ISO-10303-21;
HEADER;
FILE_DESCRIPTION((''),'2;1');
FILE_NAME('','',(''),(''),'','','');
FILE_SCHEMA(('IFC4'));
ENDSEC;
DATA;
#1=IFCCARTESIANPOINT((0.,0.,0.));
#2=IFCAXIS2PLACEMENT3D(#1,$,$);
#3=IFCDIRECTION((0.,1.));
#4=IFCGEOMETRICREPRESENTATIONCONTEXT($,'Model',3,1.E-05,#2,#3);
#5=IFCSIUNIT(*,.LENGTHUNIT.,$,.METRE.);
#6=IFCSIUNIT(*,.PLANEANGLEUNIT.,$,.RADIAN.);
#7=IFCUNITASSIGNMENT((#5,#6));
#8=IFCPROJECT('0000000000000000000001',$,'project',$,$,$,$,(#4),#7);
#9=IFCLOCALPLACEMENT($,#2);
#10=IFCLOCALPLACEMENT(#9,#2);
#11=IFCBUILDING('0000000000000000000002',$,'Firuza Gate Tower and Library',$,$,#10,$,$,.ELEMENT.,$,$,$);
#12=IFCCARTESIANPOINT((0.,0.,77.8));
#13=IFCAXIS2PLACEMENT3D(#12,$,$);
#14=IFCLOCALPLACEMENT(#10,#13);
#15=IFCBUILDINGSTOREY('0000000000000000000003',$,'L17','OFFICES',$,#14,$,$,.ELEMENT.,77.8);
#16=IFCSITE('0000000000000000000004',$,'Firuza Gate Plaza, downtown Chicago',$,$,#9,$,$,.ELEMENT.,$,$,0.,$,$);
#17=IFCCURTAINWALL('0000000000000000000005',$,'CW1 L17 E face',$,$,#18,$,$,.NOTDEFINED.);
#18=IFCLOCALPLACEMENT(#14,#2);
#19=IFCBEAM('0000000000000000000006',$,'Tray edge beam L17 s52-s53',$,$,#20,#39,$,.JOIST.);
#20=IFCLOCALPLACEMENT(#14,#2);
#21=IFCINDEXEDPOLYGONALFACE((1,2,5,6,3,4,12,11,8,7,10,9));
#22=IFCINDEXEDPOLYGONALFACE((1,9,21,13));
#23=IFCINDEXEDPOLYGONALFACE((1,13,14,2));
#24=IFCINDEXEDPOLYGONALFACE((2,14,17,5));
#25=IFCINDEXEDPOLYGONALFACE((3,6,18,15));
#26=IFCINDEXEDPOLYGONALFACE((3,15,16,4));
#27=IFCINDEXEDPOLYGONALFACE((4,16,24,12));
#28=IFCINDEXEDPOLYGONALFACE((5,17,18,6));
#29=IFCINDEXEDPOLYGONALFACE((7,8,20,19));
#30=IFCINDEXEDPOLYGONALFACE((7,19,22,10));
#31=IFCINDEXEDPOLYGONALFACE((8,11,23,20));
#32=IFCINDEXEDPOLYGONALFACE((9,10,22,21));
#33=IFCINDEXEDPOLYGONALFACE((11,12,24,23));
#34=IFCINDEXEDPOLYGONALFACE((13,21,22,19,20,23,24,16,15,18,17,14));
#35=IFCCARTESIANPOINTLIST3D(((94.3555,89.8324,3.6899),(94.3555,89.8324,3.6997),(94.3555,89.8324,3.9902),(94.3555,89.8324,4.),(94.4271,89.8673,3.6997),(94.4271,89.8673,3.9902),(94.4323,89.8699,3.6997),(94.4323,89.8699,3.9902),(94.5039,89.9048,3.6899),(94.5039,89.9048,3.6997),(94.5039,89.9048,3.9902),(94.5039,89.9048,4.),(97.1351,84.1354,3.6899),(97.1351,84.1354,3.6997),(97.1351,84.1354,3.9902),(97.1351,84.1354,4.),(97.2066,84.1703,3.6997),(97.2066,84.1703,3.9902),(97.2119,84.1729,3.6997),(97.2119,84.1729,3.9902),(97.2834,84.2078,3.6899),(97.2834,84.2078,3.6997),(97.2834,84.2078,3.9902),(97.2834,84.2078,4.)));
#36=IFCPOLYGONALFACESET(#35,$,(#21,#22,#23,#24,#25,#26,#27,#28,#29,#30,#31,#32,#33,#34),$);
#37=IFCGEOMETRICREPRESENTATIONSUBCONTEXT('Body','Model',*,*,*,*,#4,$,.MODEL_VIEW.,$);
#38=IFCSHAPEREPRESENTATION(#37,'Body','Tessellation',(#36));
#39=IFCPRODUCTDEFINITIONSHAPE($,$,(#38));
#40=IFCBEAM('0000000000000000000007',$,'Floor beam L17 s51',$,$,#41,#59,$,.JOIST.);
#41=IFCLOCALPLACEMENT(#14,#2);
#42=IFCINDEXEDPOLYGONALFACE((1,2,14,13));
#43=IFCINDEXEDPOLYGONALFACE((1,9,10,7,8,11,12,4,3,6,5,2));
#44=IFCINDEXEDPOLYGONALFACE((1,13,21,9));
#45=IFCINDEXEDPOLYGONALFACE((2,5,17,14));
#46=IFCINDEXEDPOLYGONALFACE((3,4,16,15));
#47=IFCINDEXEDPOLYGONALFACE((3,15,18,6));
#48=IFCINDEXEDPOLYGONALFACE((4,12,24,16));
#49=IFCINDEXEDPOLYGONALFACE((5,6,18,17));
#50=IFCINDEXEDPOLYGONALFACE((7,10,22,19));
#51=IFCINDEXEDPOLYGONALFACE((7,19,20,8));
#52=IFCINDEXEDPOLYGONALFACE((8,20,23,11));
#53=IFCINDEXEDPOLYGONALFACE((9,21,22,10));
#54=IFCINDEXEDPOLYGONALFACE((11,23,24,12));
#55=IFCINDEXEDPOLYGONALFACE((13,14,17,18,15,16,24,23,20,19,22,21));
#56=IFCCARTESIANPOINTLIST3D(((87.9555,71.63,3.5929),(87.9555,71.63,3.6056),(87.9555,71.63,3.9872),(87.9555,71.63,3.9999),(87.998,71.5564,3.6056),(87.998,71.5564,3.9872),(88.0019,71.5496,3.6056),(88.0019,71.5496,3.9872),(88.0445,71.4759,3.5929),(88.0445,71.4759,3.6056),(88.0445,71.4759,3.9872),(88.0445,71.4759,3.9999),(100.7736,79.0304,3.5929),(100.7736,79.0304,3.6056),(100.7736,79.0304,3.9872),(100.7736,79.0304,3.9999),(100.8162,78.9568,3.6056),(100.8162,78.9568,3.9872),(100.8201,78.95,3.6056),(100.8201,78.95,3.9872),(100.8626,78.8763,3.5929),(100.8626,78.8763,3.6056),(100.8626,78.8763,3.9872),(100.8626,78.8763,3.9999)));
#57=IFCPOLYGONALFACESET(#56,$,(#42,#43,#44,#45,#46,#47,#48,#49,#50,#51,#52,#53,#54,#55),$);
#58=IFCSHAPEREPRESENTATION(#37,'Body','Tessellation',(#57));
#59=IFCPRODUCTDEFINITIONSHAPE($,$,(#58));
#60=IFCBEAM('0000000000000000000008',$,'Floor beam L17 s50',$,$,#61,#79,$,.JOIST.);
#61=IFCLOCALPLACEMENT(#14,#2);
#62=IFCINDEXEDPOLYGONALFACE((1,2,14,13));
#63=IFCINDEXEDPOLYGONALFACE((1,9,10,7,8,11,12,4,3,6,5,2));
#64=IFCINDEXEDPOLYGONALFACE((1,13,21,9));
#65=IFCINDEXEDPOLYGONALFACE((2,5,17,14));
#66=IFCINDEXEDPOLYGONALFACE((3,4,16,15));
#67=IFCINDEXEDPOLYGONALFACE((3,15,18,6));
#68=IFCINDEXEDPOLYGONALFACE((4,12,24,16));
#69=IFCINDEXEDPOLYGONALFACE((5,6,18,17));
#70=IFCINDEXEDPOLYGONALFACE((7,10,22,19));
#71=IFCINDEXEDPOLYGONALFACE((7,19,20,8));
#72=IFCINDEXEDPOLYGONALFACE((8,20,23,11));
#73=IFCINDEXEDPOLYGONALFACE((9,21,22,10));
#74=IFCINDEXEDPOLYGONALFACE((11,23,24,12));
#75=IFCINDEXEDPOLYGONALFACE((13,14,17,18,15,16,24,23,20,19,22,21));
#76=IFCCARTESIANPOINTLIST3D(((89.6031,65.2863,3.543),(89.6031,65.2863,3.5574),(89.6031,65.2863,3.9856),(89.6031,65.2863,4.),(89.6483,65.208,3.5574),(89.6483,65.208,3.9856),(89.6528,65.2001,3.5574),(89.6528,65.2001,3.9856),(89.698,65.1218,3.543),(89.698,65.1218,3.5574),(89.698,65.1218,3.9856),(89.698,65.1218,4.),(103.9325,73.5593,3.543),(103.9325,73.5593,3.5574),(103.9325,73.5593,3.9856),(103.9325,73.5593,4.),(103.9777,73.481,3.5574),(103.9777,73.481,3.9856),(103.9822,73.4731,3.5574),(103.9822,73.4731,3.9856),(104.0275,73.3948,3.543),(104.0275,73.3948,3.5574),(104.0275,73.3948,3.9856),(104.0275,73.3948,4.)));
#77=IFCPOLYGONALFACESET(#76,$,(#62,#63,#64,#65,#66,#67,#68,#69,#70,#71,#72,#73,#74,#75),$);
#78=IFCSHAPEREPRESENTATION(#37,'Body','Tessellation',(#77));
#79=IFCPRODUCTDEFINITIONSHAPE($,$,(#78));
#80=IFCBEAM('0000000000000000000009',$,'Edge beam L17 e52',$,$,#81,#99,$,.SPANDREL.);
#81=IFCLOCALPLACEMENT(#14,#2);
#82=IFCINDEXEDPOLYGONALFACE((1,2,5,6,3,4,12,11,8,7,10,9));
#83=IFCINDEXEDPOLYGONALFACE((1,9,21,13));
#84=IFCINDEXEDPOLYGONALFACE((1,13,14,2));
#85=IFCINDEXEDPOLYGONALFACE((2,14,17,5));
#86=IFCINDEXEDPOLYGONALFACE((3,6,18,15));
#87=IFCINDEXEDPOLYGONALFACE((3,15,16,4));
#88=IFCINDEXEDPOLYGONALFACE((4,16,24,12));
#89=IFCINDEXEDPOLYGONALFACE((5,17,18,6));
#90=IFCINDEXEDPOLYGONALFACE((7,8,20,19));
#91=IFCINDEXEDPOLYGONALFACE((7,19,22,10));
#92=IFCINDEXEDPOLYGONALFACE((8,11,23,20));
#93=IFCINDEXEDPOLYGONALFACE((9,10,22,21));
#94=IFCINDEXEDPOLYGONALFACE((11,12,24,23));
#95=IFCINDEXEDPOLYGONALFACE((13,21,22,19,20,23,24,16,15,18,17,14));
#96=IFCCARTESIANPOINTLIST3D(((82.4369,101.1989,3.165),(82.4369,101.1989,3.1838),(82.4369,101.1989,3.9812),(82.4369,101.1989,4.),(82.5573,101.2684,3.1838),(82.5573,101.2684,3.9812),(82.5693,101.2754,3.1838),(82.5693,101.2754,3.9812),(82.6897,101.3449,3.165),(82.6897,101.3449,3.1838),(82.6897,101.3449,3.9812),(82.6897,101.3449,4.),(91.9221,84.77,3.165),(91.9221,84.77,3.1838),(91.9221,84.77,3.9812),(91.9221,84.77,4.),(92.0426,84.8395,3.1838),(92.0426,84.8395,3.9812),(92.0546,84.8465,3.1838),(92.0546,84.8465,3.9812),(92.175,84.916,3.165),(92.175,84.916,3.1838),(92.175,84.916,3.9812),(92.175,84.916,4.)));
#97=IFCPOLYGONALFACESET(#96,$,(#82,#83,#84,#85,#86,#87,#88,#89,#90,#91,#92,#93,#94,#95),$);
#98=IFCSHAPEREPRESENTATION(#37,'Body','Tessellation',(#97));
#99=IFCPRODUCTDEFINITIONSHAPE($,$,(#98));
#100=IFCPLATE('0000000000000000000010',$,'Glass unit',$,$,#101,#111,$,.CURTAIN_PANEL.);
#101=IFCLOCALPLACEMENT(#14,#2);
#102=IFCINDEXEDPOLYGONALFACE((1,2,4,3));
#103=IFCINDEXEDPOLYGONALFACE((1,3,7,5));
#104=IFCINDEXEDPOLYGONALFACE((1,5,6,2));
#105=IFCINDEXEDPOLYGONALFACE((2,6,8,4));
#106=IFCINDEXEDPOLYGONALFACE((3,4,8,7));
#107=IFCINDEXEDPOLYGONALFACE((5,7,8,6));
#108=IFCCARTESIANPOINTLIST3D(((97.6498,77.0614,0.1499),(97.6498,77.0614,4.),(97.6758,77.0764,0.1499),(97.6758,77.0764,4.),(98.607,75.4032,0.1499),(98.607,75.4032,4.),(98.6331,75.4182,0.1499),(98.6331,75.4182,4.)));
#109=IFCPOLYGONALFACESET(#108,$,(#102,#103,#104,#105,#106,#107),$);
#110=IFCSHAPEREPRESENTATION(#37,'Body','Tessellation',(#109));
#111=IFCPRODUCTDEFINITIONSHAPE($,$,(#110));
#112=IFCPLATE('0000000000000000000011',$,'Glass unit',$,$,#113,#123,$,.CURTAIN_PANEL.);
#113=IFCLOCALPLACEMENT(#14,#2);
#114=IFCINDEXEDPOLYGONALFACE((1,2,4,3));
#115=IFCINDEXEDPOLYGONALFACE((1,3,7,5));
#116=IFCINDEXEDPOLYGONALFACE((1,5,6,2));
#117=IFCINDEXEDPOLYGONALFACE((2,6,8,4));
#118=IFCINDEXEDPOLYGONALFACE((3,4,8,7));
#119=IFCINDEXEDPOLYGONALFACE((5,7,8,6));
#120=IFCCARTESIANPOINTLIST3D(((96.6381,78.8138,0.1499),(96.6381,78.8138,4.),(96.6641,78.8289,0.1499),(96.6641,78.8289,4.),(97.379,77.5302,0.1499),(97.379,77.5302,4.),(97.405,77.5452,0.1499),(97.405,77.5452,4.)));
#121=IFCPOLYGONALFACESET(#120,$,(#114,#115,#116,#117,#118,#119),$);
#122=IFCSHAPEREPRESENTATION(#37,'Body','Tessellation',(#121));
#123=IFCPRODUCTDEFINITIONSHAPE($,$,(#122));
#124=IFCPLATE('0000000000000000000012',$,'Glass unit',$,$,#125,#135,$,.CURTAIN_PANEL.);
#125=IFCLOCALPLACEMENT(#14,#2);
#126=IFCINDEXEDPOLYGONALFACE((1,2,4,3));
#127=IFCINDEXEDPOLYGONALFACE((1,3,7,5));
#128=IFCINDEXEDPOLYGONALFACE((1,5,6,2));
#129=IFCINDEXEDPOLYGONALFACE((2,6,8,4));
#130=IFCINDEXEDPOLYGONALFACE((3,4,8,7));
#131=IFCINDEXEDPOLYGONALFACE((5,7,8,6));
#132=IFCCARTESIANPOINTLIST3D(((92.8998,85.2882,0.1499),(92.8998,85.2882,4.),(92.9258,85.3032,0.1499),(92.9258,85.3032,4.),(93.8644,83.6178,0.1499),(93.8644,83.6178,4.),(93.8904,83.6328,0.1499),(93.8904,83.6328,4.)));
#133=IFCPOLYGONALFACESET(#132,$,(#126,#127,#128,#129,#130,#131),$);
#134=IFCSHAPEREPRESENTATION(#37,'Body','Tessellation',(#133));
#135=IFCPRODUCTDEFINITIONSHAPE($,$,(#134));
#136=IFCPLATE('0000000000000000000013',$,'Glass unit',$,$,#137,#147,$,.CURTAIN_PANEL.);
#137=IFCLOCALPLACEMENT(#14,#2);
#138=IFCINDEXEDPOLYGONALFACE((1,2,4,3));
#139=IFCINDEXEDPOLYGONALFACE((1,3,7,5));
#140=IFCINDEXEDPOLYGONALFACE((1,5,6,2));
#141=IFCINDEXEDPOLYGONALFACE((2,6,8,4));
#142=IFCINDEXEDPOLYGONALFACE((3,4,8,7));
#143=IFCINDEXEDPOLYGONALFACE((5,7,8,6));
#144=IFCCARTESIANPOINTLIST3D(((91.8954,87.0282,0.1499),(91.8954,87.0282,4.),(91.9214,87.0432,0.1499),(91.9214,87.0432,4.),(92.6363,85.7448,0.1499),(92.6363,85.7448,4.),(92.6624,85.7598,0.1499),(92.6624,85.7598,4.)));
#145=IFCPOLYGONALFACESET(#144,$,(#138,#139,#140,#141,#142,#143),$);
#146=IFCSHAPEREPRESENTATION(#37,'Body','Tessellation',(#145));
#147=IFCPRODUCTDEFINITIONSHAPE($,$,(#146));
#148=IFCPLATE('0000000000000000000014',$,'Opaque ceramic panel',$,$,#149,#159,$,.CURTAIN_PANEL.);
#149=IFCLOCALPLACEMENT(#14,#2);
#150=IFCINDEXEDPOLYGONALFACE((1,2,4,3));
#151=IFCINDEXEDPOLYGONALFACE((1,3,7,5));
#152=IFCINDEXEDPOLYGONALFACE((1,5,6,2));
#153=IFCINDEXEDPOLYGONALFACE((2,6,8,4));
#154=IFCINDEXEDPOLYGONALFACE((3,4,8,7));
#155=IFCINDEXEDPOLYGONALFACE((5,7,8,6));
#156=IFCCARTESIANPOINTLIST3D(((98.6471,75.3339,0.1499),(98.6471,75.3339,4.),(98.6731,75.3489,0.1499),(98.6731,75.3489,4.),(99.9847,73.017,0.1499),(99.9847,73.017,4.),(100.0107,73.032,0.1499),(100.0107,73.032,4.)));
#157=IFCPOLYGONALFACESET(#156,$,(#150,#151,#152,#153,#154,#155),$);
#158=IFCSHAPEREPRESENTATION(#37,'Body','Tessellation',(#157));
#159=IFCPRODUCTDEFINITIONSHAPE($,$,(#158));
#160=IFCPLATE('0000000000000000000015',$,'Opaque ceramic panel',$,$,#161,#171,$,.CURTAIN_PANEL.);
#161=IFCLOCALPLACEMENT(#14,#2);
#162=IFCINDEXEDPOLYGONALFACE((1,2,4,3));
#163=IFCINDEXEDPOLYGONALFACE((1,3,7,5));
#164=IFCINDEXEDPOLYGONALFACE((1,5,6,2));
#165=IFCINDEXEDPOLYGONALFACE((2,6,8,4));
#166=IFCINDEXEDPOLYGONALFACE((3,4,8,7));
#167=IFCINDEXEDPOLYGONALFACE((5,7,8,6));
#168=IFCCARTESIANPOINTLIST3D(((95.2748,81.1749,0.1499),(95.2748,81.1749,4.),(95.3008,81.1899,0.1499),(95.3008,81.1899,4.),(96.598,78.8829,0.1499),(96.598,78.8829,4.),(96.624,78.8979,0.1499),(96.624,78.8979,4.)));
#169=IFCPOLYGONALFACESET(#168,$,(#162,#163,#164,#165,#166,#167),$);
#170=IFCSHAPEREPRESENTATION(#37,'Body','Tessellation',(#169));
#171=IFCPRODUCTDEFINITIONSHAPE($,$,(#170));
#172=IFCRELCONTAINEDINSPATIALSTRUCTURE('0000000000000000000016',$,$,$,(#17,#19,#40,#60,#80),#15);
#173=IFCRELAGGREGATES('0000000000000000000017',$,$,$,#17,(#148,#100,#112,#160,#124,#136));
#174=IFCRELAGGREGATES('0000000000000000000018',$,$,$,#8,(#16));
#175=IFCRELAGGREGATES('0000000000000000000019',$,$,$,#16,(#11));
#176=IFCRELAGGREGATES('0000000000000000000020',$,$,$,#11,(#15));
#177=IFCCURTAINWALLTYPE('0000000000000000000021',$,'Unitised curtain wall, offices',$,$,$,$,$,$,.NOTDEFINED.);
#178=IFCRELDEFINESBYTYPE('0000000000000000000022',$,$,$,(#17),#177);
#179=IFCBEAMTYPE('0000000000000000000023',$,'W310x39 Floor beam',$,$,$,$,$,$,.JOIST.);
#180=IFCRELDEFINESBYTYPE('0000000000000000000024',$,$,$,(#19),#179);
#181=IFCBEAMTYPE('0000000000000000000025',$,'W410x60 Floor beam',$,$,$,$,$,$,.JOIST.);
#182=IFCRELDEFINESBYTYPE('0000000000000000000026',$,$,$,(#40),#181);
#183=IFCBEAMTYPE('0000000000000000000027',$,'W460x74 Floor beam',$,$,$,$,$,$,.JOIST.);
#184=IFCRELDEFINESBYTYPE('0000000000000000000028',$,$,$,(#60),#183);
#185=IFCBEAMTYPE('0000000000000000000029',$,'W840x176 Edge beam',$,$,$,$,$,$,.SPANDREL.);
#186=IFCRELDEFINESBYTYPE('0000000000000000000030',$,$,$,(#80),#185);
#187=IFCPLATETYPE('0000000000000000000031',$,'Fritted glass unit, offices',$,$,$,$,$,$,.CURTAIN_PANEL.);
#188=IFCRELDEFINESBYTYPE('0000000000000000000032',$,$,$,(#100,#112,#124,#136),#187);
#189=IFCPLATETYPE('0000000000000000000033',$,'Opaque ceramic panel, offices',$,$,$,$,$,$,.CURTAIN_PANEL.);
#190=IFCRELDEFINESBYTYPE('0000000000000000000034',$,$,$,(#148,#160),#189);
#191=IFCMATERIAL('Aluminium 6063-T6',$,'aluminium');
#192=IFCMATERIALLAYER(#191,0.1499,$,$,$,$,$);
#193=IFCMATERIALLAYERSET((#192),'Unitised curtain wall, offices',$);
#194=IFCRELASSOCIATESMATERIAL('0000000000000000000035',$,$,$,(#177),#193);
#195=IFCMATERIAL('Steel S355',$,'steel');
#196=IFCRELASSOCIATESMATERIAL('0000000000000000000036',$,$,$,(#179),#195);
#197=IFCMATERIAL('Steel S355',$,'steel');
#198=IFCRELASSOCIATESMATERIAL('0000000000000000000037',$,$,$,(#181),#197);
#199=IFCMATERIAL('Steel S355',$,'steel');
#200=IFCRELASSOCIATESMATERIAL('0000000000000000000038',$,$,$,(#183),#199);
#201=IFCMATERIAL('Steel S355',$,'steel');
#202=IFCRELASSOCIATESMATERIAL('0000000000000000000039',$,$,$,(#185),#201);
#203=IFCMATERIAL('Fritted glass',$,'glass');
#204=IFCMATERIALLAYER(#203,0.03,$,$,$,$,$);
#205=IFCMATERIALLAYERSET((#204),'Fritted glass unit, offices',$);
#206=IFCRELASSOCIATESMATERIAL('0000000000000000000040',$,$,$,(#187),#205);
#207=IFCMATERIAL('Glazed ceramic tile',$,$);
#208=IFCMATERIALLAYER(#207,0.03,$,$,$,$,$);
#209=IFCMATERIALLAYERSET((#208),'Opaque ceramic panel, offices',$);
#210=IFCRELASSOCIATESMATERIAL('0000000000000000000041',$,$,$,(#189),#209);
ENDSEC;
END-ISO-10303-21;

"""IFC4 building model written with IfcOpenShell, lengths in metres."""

from ifc_helpers import new_model, si_unit, direction, frame, origin, origin_2d, place, context, subcontext, project, spatial, polyline, i_section, outline, extrude, material, layer, layer_set, material_profile, profile_set, type_object, element, aggregate, save


model = new_model("IFC4")

# Units and contexts
model_context = context("Model", 3, precision=1e-05, world=origin(), true_north=direction((0.0, 1.0)))
body_context = subcontext(model_context, "Body", "Model", "MODEL_VIEW")
ifc_project = project(units=[si_unit("LENGTHUNIT", "METRE"), si_unit("PLANEANGLEUNIT", "RADIAN")], contexts=[model_context])

# Site, building, storey
site_placement = place(None, origin())
site = spatial("IfcSite", under=ifc_project, at=site_placement, Name="Firuza Gate Plaza, downtown Chicago", CompositionType="ELEMENT", RefElevation=0.0)
building_placement = place(site_placement, origin())
building = spatial("IfcBuilding", under=site, at=building_placement, Name="Firuza Gate Tower and Library", CompositionType="ELEMENT")
storey_placement = place(building_placement, frame((0.0, 0.0, 77.8)))
storey = spatial("IfcBuildingStorey", under=building, at=storey_placement, Name="L17", Description="OFFICES", CompositionType="ELEMENT", Elevation=77.8)

# Curtain wall
ifc_material_1 = material(Name="Aluminium 6063-T6", Category="aluminium")
ifc_layer_1 = layer(ifc_material_1, 0.1499)
ifc_layer_set_1 = layer_set([ifc_layer_1], Name="Unitised curtain wall, offices")
curtain_wall_type = type_object("IfcCurtainWallType", Name="Unitised curtain wall, offices", PredefinedType="NOTDEFINED", material=ifc_layer_set_1)
curtain_wall_placement = place(storey_placement, origin())
curtain_wall = element("IfcCurtainWall", 1, at=curtain_wall_placement, inside=storey, type_object=curtain_wall_type, Name="CW1 L17 E face", PredefinedType="NOTDEFINED")

# Beams
ifc_material_2 = material(Name="Steel S355", Category="steel")
ifc_material_profile_1 = material_profile(ifc_material_2, i_section(OverallWidth=0.165, OverallDepth=0.3101, WebThickness=0.0059, FlangeThickness=0.0098, at=origin_2d()))
ifc_profile_set_1 = profile_set([ifc_material_profile_1], Name="Steel S355")
beam_type_1 = type_object("IfcBeamType", Name="W310x39 Floor beam", PredefinedType="JOIST", material=ifc_profile_set_1)
beam_1_placement = place(storey_placement, frame((97.2092, 84.1716, 3.845), z_axis=(-0.438488, 0.898737, 0.0), x_axis=(-0.898737, -0.438488, 0.0)))
element("IfcBeam", 2, at=beam_1_placement, inside=storey, type_object=beam_type_1, Name="Tray edge beam L17 s52-s53", PredefinedType="JOIST", context=body_context, shape_type="SweptSolid", body=[
    extrude(i_section(OverallWidth=0.165, OverallDepth=0.3101, WebThickness=0.0059, FlangeThickness=0.0098, at=origin_2d()), origin(), (0.0, 0.0, 1.0), 6.3389),
])
ifc_material_3 = material(Name="Steel S355", Category="steel")
ifc_material_profile_2 = material_profile(ifc_material_3, i_section(OverallWidth=0.178, OverallDepth=0.407, WebThickness=0.0078, FlangeThickness=0.0127, at=origin_2d()))
ifc_profile_set_2 = profile_set([ifc_material_profile_2], Name="Steel S355")
beam_type_2 = type_object("IfcBeamType", Name="W410x60 Floor beam", PredefinedType="JOIST", material=ifc_profile_set_2)
beam_2_placement = place(storey_placement, frame((100.8181, 78.9534, 3.7964), z_axis=(-0.86603, -0.499992, 0.0), x_axis=(0.499992, -0.86603, 0.0)))
element("IfcBeam", 3, at=beam_2_placement, inside=storey, type_object=beam_type_2, Name="Floor beam L17 s51", PredefinedType="JOIST", context=body_context, shape_type="SweptSolid", body=[
    extrude(i_section(OverallWidth=0.178, OverallDepth=0.407, WebThickness=0.0078, FlangeThickness=0.0127, at=origin_2d()), origin(), (0.0, 0.0, 1.0), 14.801),
])
ifc_material_4 = material(Name="Steel S355", Category="steel")
ifc_material_profile_3 = material_profile(ifc_material_4, i_section(OverallWidth=0.1899, OverallDepth=0.457, WebThickness=0.009, FlangeThickness=0.0144, at=origin_2d()))
ifc_profile_set_3 = profile_set([ifc_material_profile_3], Name="Steel S355")
beam_type_3 = type_object("IfcBeamType", Name="W460x74 Floor beam", PredefinedType="JOIST", material=ifc_profile_set_3)
beam_3_placement = place(storey_placement, frame((103.98, 73.4771, 3.7715), z_axis=(-0.866028, -0.499995, 0.0), x_axis=(0.499995, -0.866028, 0.0)))
element("IfcBeam", 4, at=beam_3_placement, inside=storey, type_object=beam_type_3, Name="Floor beam L17 s50", PredefinedType="JOIST", context=body_context, shape_type="SweptSolid", body=[
    extrude(i_section(OverallWidth=0.1899, OverallDepth=0.457, WebThickness=0.009, FlangeThickness=0.0144, at=origin_2d()), origin(), (0.0, 0.0, 1.0), 16.5461),
])
ifc_material_5 = material(Name="Steel S355", Category="steel")
ifc_material_profile_4 = material_profile(ifc_material_5, i_section(OverallWidth=0.292, OverallDepth=0.835, WebThickness=0.0139, FlangeThickness=0.0188, at=origin_2d()))
ifc_profile_set_4 = profile_set([ifc_material_profile_4], Name="Steel S355")
beam_type_4 = type_object("IfcBeamType", Name="W840x176 Edge beam", PredefinedType="SPANDREL", material=ifc_profile_set_4)
beam_4_placement = place(storey_placement, frame((92.0486, 84.843, 3.5825), z_axis=(-0.500004, 0.866023, 0.0), x_axis=(-0.866023, -0.500004, 0.0)))
element("IfcBeam", 5, at=beam_4_placement, inside=storey, type_object=beam_type_4, Name="Edge beam L17 e52", PredefinedType="SPANDREL", context=body_context, shape_type="SweptSolid", body=[
    extrude(i_section(OverallWidth=0.292, OverallDepth=0.835, WebThickness=0.0139, FlangeThickness=0.0188, at=origin_2d()), origin(), (0.0, 0.0, 1.0), 18.9705),
])

# Plates
ifc_material_6 = material(Name="Fritted glass", Category="glass")
ifc_layer_2 = layer(ifc_material_6, 0.03)
ifc_layer_set_2 = layer_set([ifc_layer_2], Name="Fritted glass unit, offices")
plate_type_1 = type_object("IfcPlateType", Name="Fritted glass unit, offices", PredefinedType="CURTAIN_PANEL", material=ifc_layer_set_2)
plate_1_placement = place(storey_placement, frame((98.6331, 75.4182, 0.1499), z_axis=(0.866045, 0.499965, 0.0), x_axis=(-0.499965, 0.866045, 0.0)))
plate_1 = element("IfcPlate", 6, at=plate_1_placement, type_object=plate_type_1, Name="Glass unit", PredefinedType="CURTAIN_PANEL", context=body_context, shape_type="SweptSolid", body=[
    extrude(outline(polyline([(0.0, 0.0), (1.9147, 0.0), (1.9147, 3.8501), (0.0, 3.8501), (0.0, 0.0)])), origin(), (0.0, 0.0, -1.0), 0.03),
])
plate_2_placement = place(storey_placement, frame((97.405, 77.5452, 0.1499), z_axis=(0.866076, 0.499913, 0.0), x_axis=(-0.499913, 0.866076, 0.0)))
plate_2 = element("IfcPlate", 7, at=plate_2_placement, type_object=plate_type_1, Name="Glass unit", PredefinedType="CURTAIN_PANEL", context=body_context, shape_type="SweptSolid", body=[
    extrude(outline(polyline([(0.0, 0.0), (1.4822, 0.0), (1.4822, 3.8501), (0.0, 3.8501), (0.0, 0.0)])), origin(), (0.0, 0.0, -1.0), 0.03),
])
plate_3_placement = place(storey_placement, frame((93.8904, 83.6328, 0.1499), z_axis=(0.865983, 0.500073, 0.0), x_axis=(-0.500073, 0.865983, 0.0)))
plate_3 = element("IfcPlate", 8, at=plate_3_placement, type_object=plate_type_1, Name="Glass unit", PredefinedType="CURTAIN_PANEL", context=body_context, shape_type="SweptSolid", body=[
    extrude(outline(polyline([(0.0, 0.0), (1.9289, 0.0), (1.9289, 3.8501), (0.0, 3.8501), (0.0, 0.0)])), origin(), (0.0, 0.0, -1.0), 0.03),
])
plate_4_placement = place(storey_placement, frame((92.6624, 85.7598, 0.1499), z_axis=(0.866035, 0.499984, 0.0), x_axis=(-0.499984, 0.866035, 0.0)))
plate_4 = element("IfcPlate", 9, at=plate_4_placement, type_object=plate_type_1, Name="Glass unit", PredefinedType="CURTAIN_PANEL", context=body_context, shape_type="SweptSolid", body=[
    extrude(outline(polyline([(0.0, 0.0), (1.482, 0.0), (1.482, 3.8501), (0.0, 3.8501), (0.0, 0.0)])), origin(), (0.0, 0.0, -1.0), 0.03),
])
ifc_material_7 = material(Name="Glazed ceramic tile")
ifc_layer_3 = layer(ifc_material_7, 0.03)
ifc_layer_set_3 = layer_set([ifc_layer_3], Name="Opaque ceramic panel, offices")
plate_type_2 = type_object("IfcPlateType", Name="Opaque ceramic panel, offices", PredefinedType="CURTAIN_PANEL", material=ifc_layer_set_3)
plate_5_placement = place(storey_placement, frame((100.0107, 73.032, 0.1499), z_axis=(0.866028, 0.499996, 0.0), x_axis=(-0.499996, 0.866028, 0.0)))
plate_5 = element("IfcPlate", 10, at=plate_5_placement, type_object=plate_type_2, Name="Opaque ceramic panel", PredefinedType="CURTAIN_PANEL", context=body_context, shape_type="SweptSolid", body=[
    extrude(outline(polyline([(0.0, 0.0), (2.6753, 0.0), (2.6753, 3.8501), (0.0, 3.8501), (0.0, 0.0)])), origin(), (0.0, 0.0, -1.0), 0.03),
])
plate_6_placement = place(storey_placement, frame((96.624, 78.8979, 0.1499), z_axis=(0.866032, 0.499989, 0.0), x_axis=(-0.499989, 0.866032, 0.0)))
plate_6 = element("IfcPlate", 11, at=plate_6_placement, type_object=plate_type_2, Name="Opaque ceramic panel", PredefinedType="CURTAIN_PANEL", context=body_context, shape_type="SweptSolid", body=[
    extrude(outline(polyline([(0.0, 0.0), (2.6465, 0.0), (2.6465, 3.8501), (0.0, 3.8501), (0.0, 0.0)])), origin(), (0.0, 0.0, -1.0), 0.03),
])
aggregate(curtain_wall, [plate_5, plate_1, plate_2, plate_6, plate_3, plate_4])

save(model, "model.ifc")
